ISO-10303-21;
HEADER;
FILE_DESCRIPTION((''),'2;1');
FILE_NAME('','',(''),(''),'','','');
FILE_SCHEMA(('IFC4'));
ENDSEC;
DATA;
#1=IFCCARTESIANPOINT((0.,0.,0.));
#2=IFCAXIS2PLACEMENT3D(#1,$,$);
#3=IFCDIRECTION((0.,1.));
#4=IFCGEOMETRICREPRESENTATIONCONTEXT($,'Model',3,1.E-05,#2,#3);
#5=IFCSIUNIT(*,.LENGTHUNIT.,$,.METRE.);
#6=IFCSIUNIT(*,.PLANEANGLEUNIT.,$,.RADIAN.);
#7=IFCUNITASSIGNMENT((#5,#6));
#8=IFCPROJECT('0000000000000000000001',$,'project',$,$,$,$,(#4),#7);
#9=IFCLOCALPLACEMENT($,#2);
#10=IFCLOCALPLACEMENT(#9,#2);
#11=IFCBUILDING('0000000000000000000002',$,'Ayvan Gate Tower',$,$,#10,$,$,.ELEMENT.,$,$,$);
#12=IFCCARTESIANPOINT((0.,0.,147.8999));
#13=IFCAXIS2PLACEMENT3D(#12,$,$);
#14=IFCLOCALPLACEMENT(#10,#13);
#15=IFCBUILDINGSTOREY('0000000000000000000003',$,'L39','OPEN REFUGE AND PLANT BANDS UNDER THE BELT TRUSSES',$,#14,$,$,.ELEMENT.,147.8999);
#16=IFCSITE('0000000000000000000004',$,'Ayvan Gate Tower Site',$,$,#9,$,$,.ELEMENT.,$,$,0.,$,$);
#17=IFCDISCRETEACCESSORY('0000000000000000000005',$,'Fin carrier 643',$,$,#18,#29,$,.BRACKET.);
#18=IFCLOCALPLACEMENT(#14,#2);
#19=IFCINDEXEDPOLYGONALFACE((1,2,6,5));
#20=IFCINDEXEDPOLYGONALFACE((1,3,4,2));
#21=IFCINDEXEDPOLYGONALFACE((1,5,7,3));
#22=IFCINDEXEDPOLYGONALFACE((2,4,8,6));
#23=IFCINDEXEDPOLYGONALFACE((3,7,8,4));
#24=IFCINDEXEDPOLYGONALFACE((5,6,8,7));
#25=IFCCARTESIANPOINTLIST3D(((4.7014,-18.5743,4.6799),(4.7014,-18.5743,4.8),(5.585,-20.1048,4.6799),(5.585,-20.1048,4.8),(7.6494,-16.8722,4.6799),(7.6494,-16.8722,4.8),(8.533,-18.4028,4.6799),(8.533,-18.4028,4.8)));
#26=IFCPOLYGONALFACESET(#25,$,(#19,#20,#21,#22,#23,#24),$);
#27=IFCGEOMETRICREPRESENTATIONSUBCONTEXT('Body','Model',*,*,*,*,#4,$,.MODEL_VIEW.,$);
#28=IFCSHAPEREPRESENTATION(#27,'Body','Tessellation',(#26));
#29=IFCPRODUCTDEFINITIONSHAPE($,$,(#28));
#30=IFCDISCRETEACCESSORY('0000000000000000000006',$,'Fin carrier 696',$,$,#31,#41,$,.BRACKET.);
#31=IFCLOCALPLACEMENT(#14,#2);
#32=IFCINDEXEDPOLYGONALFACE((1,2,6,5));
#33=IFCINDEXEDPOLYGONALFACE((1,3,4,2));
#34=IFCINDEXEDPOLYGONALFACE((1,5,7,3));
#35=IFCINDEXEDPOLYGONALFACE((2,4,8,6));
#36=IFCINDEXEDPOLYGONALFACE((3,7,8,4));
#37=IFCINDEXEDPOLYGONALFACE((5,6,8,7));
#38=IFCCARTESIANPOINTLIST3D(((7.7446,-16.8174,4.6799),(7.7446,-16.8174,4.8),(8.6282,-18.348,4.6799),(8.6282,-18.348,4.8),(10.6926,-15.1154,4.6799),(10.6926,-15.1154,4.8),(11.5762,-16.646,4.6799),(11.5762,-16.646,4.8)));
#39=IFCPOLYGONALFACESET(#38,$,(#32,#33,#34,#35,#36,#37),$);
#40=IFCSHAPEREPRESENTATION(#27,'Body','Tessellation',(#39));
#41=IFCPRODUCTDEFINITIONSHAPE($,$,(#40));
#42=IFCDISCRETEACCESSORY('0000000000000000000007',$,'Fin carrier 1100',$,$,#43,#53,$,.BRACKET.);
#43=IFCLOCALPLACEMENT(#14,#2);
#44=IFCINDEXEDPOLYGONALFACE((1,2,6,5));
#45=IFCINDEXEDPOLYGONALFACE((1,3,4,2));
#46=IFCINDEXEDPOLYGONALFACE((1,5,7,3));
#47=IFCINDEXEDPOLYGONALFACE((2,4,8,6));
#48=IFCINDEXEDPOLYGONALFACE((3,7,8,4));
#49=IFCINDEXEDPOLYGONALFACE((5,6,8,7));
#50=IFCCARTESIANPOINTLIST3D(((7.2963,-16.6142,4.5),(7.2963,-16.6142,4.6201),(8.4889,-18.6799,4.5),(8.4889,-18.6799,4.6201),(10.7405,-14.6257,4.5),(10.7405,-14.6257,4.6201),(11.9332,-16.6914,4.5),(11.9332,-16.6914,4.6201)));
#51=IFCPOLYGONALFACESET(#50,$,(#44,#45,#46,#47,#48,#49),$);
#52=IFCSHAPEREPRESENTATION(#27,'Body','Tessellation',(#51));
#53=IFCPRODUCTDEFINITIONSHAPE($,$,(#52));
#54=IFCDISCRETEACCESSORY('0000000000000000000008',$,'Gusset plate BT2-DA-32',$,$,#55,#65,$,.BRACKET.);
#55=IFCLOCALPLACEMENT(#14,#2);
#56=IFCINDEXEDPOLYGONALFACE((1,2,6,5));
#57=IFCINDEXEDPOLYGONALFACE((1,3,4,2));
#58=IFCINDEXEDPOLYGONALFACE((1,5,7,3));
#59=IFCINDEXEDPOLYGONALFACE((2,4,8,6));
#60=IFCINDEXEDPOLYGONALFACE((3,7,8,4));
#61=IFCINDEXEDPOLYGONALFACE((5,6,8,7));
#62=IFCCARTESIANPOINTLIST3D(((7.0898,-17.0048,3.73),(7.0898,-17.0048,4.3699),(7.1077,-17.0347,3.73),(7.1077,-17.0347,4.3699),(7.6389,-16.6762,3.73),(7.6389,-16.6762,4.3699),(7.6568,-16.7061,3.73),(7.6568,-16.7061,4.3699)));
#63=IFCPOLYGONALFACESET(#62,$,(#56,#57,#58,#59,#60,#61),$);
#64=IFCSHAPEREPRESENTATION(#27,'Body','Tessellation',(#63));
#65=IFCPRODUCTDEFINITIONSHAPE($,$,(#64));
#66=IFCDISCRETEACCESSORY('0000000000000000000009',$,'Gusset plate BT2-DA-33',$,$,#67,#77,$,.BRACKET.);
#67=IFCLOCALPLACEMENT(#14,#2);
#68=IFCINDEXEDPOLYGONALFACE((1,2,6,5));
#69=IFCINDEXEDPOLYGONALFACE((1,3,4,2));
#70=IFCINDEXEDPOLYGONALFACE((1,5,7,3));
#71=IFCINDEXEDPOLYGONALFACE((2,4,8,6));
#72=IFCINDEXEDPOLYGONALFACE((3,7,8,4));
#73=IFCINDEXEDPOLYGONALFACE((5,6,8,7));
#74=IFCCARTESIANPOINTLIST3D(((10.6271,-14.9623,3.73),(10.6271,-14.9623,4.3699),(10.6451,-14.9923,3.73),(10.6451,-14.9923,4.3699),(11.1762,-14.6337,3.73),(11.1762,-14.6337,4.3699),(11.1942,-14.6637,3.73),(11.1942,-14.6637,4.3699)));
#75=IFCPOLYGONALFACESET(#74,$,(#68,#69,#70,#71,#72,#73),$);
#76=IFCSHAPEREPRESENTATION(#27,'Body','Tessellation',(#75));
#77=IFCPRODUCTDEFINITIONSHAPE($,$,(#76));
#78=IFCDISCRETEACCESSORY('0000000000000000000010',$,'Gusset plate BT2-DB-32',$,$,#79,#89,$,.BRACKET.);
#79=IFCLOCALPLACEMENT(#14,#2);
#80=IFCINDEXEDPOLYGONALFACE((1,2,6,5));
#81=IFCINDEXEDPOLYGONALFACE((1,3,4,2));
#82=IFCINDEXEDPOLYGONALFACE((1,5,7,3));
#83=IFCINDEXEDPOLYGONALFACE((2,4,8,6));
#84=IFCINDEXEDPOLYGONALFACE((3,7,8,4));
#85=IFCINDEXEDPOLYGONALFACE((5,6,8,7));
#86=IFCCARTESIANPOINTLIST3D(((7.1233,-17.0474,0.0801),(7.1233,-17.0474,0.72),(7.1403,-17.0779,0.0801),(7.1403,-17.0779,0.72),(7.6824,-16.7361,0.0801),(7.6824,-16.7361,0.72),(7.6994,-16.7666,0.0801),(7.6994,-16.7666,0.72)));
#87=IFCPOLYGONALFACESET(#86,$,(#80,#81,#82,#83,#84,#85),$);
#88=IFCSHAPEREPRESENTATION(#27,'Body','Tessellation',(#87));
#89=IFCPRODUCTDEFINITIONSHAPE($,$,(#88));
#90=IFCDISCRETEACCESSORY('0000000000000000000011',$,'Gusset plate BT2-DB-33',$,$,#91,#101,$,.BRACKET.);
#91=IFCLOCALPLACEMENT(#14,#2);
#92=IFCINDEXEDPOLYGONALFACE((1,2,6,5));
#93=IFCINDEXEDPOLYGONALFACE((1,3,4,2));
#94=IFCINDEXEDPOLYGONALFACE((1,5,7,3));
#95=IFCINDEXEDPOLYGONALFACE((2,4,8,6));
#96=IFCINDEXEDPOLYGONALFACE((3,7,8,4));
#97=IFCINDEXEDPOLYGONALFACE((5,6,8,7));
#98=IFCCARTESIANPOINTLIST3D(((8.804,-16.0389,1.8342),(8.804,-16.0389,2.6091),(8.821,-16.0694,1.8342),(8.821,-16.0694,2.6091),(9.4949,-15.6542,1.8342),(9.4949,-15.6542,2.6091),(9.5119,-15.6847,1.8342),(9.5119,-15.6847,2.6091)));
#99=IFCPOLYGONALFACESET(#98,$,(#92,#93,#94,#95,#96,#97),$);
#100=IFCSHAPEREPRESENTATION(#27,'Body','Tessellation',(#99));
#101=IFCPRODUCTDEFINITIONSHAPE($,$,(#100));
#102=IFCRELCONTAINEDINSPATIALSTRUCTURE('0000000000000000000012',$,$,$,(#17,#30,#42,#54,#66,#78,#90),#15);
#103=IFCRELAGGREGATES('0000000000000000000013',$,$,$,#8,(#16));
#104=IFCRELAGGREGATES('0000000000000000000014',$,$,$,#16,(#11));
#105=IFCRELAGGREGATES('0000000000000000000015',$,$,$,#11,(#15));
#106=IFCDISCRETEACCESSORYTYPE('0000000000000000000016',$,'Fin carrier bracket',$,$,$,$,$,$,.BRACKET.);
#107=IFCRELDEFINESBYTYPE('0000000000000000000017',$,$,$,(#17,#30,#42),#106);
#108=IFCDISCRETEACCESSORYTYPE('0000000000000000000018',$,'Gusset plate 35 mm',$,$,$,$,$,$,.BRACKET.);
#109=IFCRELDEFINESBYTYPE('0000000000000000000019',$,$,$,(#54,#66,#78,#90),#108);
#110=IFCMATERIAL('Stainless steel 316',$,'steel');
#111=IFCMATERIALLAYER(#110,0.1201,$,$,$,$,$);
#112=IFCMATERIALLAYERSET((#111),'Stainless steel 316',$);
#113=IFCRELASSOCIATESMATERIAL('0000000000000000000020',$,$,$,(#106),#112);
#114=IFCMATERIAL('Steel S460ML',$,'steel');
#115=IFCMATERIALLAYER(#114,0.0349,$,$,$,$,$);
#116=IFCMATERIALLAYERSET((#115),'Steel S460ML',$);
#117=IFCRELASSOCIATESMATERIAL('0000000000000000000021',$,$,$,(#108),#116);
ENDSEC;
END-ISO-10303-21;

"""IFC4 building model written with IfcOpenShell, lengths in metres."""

from ifc_helpers import new_model, si_unit, direction, frame, origin, origin_2d, place, context, subcontext, project, spatial, rectangle, extrude, material, layer, layer_set, type_object, element, save


model = new_model("IFC4")

# Units and contexts
model_context = context("Model", 3, precision=1e-05, world=origin(), true_north=direction((0.0, 1.0)))
body_context = subcontext(model_context, "Body", "Model", "MODEL_VIEW")
ifc_project = project(units=[si_unit("LENGTHUNIT", "METRE"), si_unit("PLANEANGLEUNIT", "RADIAN")], contexts=[model_context])

# Site, building, storey
site_placement = place(None, origin())
site = spatial("IfcSite", under=ifc_project, at=site_placement, Name="Ayvan Gate Tower Site", CompositionType="ELEMENT", RefElevation=0.0)
building_placement = place(site_placement, origin())
building = spatial("IfcBuilding", under=site, at=building_placement, Name="Ayvan Gate Tower", CompositionType="ELEMENT")
storey_placement = place(building_placement, frame((0.0, 0.0, 147.8999)))
storey = spatial("IfcBuildingStorey", under=building, at=storey_placement, Name="L39", Description="OPEN REFUGE AND PLANT BANDS UNDER THE BELT TRUSSES", CompositionType="ELEMENT", Elevation=147.8999)

# Shared definitions
ifc_material_1 = material(Name="Steel S460ML", Category="steel")

# Discrete accessories
ifc_material_2 = material(Name="Stainless steel 316", Category="steel")
ifc_layer_1 = layer(ifc_material_2, 0.1201)
ifc_layer_set_1 = layer_set([ifc_layer_1], Name="Stainless steel 316")
discrete_accessory_type_1 = type_object("IfcDiscreteAccessoryType", Name="Fin carrier bracket", PredefinedType="BRACKET", material=ifc_layer_set_1)
for number, where, z_axis, x_axis, name in (
    (1, (6.6172, -18.4885, 4.6799), (0.0, 0.0, 1.0), (0.866025, 0.5, 0.0), "Fin carrier 643"),
    (2, (9.6604, -16.7317, 4.6799), (0.0, 0.0, 1.0), (0.866025, 0.5, 0.0), "Fin carrier 696"),
):
    element("IfcDiscreteAccessory", number, at=place(storey_placement, frame(where, z_axis=z_axis, x_axis=x_axis)), inside=storey, type_object=discrete_accessory_type_1, Name=name, PredefinedType="BRACKET", context=body_context, shape_type="SweptSolid", body=[
        extrude(rectangle(XDim=3.4041, YDim=1.7673, at=origin_2d()), origin(), (0.0, 0.0, 1.0), 0.1201),
    ])
discrete_accessory_1_placement = place(storey_placement, frame((9.6147, -16.6528, 4.5), z_axis=(0.0, 0.0, 1.0), x_axis=(0.866025, 0.5, 0.0)))
element("IfcDiscreteAccessory", 3, at=discrete_accessory_1_placement, inside=storey, type_object=discrete_accessory_type_1, Name="Fin carrier 1100", PredefinedType="BRACKET", context=body_context, shape_type="SweptSolid", body=[
    extrude(rectangle(XDim=3.9771, YDim=2.3853, at=origin_2d()), origin(), (0.0, 0.0, 1.0), 0.1201),
])
ifc_layer_2 = layer(ifc_material_1, 0.0349)
ifc_layer_set_2 = layer_set([ifc_layer_2], Name="Steel S460ML")
discrete_accessory_type_2 = type_object("IfcDiscreteAccessoryType", Name="Gusset plate 35 mm", PredefinedType="BRACKET", material=ifc_layer_set_2)
for number, where, z_axis, x_axis, name in (
    (4, (7.3733, -16.8555, 3.73), (0.0, 0.0, 1.0), (0.858079, 0.513517, 0.0), "Gusset plate BT2-DA-32"),
    (5, (10.9106, -14.813, 3.73), (0.0, 0.0, 1.0), (0.858108, 0.513469, 0.0), "Gusset plate BT2-DA-33"),
    (6, (7.4114, -16.907, 0.0801), (0.0, 0.0, 1.0), (0.873704, 0.486457, 0.0), "Gusset plate BT2-DB-32"),
):
    element("IfcDiscreteAccessory", number, at=place(storey_placement, frame(where, z_axis=z_axis, x_axis=x_axis)), inside=storey, type_object=discrete_accessory_type_2, Name=name, PredefinedType="BRACKET", context=body_context, shape_type="SweptSolid", body=[
        extrude(rectangle(XDim=0.6399, YDim=0.0349, at=origin_2d()), origin(), (0.0, 0.0, 1.0), 0.6399),
    ])
discrete_accessory_2_placement = place(storey_placement, frame((9.158, -15.8618, 1.8342), z_axis=(0.0, 0.0, 1.0), x_axis=(0.873731, 0.486409, 0.0)))
element("IfcDiscreteAccessory", 7, at=discrete_accessory_2_placement, inside=storey, type_object=discrete_accessory_type_2, Name="Gusset plate BT2-DB-33", PredefinedType="BRACKET", context=body_context, shape_type="SweptSolid", body=[
    extrude(rectangle(XDim=0.7908, YDim=0.0349, at=origin_2d()), origin(), (0.0, 0.0, 1.0), 0.7749),
])

save(model, "model.ifc")
